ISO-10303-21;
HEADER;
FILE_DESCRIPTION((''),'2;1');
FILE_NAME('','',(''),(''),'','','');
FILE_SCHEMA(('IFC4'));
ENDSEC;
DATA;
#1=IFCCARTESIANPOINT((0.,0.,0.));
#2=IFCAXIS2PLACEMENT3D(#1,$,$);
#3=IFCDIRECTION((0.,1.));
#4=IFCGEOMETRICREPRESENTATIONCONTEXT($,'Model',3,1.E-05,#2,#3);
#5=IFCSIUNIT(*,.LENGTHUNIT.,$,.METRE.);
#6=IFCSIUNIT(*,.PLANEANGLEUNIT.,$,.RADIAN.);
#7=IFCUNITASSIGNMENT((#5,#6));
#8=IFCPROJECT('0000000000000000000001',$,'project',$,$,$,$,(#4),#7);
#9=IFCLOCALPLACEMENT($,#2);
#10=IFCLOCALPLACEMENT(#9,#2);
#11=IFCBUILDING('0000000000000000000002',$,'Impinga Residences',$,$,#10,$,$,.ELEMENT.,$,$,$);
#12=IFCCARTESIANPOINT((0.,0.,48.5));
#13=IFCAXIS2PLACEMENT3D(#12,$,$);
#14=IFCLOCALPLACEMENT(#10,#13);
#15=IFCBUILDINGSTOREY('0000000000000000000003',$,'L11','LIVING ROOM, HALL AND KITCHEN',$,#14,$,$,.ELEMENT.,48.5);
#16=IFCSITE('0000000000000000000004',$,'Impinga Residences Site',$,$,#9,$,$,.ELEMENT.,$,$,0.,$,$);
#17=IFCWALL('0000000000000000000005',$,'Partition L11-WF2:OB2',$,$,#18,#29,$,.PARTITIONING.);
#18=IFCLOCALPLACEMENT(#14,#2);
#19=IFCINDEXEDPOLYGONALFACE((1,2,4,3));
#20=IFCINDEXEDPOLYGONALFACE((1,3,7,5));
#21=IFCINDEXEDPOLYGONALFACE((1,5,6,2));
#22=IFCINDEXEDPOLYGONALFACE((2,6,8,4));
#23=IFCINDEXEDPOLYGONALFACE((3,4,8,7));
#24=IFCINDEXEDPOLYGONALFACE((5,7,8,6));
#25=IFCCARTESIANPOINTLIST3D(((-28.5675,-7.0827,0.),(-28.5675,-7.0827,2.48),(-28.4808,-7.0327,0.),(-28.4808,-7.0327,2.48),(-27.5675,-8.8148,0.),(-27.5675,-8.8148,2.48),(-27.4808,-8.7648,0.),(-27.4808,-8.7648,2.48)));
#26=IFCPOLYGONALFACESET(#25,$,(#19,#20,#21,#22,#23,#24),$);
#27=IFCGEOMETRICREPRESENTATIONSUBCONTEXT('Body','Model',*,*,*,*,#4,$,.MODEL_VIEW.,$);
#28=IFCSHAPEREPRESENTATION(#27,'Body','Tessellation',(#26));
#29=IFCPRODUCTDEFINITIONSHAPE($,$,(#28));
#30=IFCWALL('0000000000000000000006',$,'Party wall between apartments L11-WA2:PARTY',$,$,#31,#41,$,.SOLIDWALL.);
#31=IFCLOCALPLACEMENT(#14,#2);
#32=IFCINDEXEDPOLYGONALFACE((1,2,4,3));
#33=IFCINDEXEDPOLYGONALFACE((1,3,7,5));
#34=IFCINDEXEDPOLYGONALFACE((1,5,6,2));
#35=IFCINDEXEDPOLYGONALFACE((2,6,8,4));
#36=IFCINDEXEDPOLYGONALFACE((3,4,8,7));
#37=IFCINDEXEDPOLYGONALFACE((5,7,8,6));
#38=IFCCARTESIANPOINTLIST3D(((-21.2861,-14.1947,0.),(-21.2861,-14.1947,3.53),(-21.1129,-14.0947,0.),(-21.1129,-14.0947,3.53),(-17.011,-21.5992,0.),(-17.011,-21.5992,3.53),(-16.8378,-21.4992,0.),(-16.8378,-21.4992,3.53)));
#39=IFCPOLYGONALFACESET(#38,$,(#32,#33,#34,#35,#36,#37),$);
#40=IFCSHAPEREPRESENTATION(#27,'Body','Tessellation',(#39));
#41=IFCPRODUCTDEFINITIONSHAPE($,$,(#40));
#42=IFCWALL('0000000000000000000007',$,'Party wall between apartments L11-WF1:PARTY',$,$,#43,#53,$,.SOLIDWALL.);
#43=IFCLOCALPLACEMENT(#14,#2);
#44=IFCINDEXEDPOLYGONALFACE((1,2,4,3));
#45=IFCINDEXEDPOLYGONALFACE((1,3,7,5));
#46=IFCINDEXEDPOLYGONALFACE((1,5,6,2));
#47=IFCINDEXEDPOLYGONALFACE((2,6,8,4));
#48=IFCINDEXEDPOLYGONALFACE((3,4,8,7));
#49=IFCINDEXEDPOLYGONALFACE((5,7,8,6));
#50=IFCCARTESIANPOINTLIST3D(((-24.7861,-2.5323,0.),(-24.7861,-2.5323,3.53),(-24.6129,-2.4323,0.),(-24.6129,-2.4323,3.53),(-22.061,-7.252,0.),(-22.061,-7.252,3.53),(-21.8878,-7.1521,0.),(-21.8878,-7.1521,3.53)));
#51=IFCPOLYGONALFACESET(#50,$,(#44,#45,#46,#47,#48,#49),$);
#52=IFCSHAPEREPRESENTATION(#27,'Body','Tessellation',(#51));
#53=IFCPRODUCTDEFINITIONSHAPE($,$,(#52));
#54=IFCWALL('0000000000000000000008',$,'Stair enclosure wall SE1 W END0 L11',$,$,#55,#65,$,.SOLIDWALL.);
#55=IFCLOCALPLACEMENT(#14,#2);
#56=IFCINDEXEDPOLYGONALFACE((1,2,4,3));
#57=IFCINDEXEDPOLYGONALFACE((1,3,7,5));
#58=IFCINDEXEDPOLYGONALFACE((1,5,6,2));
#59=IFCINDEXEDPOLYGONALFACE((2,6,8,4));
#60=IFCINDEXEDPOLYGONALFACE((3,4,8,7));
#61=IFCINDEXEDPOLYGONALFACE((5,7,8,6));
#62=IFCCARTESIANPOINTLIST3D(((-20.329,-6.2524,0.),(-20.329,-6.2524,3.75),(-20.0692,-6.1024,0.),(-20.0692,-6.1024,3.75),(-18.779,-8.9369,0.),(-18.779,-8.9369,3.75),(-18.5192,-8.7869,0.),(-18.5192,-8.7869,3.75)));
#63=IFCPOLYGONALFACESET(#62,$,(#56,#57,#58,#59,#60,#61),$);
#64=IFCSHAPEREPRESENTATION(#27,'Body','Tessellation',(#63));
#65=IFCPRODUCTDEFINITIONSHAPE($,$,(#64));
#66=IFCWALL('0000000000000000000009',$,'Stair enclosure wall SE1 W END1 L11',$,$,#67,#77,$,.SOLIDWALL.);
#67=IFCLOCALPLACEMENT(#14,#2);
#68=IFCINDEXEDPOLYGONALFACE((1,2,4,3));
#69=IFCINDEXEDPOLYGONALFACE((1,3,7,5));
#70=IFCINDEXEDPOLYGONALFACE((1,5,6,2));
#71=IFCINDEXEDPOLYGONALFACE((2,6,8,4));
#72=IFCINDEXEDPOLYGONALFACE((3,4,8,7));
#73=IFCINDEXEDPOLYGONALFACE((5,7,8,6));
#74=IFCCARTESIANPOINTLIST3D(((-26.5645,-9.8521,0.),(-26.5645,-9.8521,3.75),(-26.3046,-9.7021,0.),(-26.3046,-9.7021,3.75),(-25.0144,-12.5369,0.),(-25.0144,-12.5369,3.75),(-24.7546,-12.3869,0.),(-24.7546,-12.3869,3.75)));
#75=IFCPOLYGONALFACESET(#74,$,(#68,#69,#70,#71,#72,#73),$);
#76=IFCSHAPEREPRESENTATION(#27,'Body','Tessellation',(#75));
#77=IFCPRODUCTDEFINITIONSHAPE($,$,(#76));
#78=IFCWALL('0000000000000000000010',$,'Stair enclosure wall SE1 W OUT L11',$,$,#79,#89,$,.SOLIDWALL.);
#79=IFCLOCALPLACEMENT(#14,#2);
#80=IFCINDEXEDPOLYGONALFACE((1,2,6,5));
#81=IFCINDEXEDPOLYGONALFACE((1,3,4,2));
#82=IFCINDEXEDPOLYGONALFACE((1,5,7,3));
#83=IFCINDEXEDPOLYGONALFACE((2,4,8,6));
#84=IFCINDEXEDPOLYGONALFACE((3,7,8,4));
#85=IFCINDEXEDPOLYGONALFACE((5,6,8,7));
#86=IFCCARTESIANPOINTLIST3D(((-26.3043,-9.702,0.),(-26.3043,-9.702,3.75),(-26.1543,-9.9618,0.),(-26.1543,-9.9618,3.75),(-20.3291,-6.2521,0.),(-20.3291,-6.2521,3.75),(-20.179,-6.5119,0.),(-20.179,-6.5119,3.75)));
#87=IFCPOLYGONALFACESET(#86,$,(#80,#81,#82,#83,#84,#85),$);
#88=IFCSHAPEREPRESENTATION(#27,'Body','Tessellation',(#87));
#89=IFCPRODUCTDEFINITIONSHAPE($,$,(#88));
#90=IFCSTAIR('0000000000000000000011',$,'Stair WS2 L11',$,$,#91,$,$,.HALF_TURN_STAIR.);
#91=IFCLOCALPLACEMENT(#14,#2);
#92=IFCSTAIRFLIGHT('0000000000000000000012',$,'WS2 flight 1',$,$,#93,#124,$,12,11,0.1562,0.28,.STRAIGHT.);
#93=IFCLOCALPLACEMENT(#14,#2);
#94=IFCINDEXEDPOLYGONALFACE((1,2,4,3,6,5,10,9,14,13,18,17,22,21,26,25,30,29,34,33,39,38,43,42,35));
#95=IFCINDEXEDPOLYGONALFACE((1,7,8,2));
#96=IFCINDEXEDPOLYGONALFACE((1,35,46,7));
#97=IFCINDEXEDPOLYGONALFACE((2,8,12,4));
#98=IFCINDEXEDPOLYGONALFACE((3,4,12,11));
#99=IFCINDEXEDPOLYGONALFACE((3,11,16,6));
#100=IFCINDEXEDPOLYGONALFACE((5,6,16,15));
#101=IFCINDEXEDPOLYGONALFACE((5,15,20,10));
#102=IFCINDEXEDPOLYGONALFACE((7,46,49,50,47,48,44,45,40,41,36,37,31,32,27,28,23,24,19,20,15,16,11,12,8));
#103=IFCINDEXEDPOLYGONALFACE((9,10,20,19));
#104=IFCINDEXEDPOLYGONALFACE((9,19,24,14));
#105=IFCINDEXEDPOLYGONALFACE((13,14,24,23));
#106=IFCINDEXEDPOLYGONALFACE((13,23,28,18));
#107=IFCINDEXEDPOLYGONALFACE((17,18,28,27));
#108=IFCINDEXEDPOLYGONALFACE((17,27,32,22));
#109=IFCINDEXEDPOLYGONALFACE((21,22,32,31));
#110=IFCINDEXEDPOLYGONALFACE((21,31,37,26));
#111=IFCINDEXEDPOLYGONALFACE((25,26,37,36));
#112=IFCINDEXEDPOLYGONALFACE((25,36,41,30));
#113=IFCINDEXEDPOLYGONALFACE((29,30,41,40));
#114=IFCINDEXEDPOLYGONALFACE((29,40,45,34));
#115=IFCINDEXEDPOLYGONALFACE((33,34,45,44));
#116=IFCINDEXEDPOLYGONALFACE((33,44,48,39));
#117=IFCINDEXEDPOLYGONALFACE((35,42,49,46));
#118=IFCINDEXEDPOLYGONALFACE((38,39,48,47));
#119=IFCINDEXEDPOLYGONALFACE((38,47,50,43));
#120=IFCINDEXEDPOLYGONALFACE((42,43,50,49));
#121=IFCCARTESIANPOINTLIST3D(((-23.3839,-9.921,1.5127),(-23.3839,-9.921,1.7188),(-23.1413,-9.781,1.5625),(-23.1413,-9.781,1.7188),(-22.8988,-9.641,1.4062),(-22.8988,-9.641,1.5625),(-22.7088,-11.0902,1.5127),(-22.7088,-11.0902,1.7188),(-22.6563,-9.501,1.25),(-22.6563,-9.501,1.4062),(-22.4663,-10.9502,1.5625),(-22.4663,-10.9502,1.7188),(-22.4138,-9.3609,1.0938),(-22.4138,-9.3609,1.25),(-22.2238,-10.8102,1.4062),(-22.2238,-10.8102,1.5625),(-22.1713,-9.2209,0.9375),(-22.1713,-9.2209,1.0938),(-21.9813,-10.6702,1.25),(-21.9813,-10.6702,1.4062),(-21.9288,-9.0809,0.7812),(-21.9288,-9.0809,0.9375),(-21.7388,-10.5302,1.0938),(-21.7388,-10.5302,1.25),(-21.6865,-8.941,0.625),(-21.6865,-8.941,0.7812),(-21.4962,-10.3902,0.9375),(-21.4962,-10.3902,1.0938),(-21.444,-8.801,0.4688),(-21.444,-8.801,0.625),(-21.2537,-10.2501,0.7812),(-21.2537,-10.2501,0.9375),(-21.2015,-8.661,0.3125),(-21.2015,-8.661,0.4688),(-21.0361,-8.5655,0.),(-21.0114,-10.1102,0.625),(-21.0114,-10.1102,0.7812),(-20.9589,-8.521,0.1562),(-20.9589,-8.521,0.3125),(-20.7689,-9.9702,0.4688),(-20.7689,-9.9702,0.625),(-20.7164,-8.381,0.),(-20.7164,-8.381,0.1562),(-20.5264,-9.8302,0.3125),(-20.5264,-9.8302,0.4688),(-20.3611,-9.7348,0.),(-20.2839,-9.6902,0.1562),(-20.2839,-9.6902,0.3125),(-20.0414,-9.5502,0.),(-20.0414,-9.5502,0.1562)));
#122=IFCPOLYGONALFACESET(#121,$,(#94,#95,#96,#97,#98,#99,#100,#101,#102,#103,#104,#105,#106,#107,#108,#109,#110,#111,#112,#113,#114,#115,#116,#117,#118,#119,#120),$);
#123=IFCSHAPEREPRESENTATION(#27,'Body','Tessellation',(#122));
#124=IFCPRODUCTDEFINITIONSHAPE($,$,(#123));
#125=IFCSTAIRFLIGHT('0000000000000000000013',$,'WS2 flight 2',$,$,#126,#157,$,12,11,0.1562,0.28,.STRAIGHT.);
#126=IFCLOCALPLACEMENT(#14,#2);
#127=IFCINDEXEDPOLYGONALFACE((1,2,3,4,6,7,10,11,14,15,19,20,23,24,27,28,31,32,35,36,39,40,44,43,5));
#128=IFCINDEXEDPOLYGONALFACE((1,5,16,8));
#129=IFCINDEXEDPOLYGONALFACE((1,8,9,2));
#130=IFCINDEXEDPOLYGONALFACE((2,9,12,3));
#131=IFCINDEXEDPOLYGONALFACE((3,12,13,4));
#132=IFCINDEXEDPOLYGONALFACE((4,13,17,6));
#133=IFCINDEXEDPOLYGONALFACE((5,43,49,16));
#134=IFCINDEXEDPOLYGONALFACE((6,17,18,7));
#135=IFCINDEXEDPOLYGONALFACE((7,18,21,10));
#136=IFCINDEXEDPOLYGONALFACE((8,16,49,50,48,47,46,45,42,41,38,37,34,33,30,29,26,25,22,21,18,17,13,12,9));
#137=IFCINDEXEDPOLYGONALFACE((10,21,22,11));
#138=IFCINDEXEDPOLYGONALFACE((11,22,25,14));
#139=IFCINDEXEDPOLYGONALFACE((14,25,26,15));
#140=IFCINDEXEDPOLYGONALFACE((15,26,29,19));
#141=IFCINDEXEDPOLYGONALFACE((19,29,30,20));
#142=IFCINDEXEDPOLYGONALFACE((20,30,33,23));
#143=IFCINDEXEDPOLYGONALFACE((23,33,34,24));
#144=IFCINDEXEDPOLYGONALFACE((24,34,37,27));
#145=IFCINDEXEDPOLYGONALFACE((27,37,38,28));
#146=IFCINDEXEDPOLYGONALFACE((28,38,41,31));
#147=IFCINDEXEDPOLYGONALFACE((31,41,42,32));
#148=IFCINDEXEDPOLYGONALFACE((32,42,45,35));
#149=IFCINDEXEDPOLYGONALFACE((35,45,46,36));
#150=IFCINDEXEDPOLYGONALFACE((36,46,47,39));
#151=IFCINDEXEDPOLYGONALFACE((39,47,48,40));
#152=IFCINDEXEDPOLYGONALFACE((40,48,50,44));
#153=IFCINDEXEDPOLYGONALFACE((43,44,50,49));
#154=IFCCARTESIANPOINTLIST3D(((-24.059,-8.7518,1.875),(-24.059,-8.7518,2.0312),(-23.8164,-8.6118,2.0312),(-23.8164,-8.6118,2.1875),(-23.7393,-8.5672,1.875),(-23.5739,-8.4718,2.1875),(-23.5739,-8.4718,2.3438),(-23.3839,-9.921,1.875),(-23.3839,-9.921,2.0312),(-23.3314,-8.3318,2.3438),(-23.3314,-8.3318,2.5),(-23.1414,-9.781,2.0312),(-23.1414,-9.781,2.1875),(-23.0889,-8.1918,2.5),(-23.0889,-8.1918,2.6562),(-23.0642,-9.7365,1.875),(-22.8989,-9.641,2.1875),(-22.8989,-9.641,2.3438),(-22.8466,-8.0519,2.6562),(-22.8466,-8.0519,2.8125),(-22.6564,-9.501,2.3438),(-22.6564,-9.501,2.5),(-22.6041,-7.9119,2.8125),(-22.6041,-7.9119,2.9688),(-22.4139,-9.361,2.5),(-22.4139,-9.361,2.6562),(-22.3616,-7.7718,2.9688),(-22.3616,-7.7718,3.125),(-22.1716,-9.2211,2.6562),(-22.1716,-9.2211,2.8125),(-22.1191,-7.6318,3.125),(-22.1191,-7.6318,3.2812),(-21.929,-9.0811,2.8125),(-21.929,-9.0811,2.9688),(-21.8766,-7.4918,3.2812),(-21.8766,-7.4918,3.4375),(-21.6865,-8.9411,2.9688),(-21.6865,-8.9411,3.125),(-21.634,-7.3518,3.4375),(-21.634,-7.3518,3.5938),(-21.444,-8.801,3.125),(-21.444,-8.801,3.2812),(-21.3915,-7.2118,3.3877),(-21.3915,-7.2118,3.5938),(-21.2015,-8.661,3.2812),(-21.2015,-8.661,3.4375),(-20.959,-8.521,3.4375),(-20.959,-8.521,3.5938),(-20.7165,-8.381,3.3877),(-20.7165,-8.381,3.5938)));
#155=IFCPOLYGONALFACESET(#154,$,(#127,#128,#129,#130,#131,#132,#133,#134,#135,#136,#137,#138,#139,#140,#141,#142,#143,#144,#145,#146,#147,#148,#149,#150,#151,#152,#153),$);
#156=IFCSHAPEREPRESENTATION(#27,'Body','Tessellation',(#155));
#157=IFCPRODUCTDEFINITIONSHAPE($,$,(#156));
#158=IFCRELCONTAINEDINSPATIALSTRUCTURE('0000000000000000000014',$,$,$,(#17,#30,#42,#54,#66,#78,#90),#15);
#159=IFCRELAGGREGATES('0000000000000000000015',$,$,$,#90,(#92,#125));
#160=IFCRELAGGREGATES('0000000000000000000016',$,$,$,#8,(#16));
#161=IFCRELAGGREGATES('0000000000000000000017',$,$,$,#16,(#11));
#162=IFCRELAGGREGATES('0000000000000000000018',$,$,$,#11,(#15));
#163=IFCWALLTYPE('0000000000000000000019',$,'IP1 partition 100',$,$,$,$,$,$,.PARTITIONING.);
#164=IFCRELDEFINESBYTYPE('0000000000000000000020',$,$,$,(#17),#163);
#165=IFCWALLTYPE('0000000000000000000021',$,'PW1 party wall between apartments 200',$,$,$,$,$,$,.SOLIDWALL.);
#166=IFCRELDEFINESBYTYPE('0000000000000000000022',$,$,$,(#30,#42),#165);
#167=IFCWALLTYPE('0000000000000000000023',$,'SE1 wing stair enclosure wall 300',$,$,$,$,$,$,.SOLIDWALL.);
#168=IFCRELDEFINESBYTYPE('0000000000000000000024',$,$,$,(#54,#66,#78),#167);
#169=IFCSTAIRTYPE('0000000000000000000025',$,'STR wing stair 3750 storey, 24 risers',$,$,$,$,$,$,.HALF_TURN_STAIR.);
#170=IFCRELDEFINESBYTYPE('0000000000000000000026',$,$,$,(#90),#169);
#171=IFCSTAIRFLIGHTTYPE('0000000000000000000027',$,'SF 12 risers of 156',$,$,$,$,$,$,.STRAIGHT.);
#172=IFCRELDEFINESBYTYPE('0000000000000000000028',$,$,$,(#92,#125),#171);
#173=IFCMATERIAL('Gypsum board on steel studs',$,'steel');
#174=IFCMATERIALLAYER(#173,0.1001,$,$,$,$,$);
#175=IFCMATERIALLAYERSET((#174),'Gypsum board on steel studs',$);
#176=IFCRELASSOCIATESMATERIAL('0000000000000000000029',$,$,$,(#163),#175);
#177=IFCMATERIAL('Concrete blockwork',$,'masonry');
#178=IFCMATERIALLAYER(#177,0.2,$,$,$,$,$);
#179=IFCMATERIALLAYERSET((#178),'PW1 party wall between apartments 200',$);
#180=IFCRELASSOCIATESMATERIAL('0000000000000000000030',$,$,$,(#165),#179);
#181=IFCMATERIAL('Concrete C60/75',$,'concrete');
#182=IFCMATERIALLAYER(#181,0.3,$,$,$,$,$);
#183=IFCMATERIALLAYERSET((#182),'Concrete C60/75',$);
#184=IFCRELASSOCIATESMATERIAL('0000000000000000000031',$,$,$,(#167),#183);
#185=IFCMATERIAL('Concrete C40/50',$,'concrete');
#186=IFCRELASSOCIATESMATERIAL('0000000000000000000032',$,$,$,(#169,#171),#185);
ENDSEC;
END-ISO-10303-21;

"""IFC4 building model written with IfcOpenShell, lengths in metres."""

from ifc_helpers import new_model, si_unit, direction, frame, frame_2d, origin, place, context, subcontext, project, spatial, polyline, rectangle, outline, extrude, material, layer, layer_set, type_object, element, aggregate, save


model = new_model("IFC4")

# Units and contexts
model_context = context("Model", 3, precision=1e-05, world=origin(), true_north=direction((0.0, 1.0)))
body_context = subcontext(model_context, "Body", "Model", "MODEL_VIEW")
ifc_project = project(units=[si_unit("LENGTHUNIT", "METRE"), si_unit("PLANEANGLEUNIT", "RADIAN")], contexts=[model_context])

# Site, building, storey
site_placement = place(None, origin())
site = spatial("IfcSite", under=ifc_project, at=site_placement, Name="Impinga Residences Site", CompositionType="ELEMENT", RefElevation=0.0)
building_placement = place(site_placement, origin())
building = spatial("IfcBuilding", under=site, at=building_placement, Name="Impinga Residences", CompositionType="ELEMENT")
storey_placement = place(building_placement, frame((0.0, 0.0, 48.5)))
storey = spatial("IfcBuildingStorey", under=building, at=storey_placement, Name="L11", Description="LIVING ROOM, HALL AND KITCHEN", CompositionType="ELEMENT", Elevation=48.5)

# Shared definitions
ifc_material_1 = material(Name="Concrete C60/75", Category="concrete")

# Shared definitions
ifc_material_2 = material(Name="Gypsum board on steel studs", Category="steel")
ifc_layer_1 = layer(ifc_material_2, 0.1001)
ifc_layer_set_1 = layer_set([ifc_layer_1], Name="Gypsum board on steel studs")
wall_type_1 = type_object("IfcWallType", Name="IP1 partition 100", PredefinedType="PARTITIONING", material=ifc_layer_set_1)

# Walls
wall_1_placement = place(storey_placement, frame((-27.5242, -8.7898, 0.0), z_axis=(0.0, 0.0, 1.0), x_axis=(-0.499973, 0.866041, 0.0)))
element("IfcWall", 1, at=wall_1_placement, inside=storey, type_object=wall_type_1, Name="Partition L11-WF2:OB2", PredefinedType="PARTITIONING", context=body_context, shape_type="SweptSolid", body=[
    extrude(rectangle(XDim=2.0, YDim=0.1001, at=frame_2d((1.0, 0.0))), origin(), (0.0, 0.0, 1.0), 2.48),
])
ifc_material_3 = material(Name="Concrete blockwork", Category="masonry")
ifc_layer_2 = layer(ifc_material_3, 0.2)
ifc_layer_set_2 = layer_set([ifc_layer_2], Name="PW1 party wall between apartments 200")
wall_type_2 = type_object("IfcWallType", Name="PW1 party wall between apartments 200", PredefinedType="SOLIDWALL", material=ifc_layer_set_2)
wall_2_placement = place(storey_placement, frame((-21.1995, -14.1448, 0.0), z_axis=(0.0, 0.0, 1.0), x_axis=(0.500012, -0.866019, 0.0)))
element("IfcWall", 2, at=wall_2_placement, inside=storey, type_object=wall_type_2, Name="Party wall between apartments L11-WA2:PARTY", PredefinedType="SOLIDWALL", context=body_context, shape_type="SweptSolid", body=[
    extrude(rectangle(XDim=8.55, YDim=0.2, at=frame_2d((4.2749, 0.0))), origin(), (0.0, 0.0, 1.0), 3.53),
])
wall_3_placement = place(storey_placement, frame((-21.9744, -7.2021, 0.0), z_axis=(0.0, 0.0, 1.0), x_axis=(-0.500022, 0.866013, 0.0)))
element("IfcWall", 3, at=wall_3_placement, inside=storey, type_object=wall_type_2, Name="Party wall between apartments L11-WF1:PARTY", PredefinedType="SOLIDWALL", context=body_context, shape_type="SweptSolid", body=[
    extrude(rectangle(XDim=5.45, YDim=0.2, at=frame_2d((2.7251, 0.0))), origin(), (0.0, 0.0, 1.0), 3.53),
])
ifc_layer_3 = layer(ifc_material_1, 0.3)
ifc_layer_set_3 = layer_set([ifc_layer_3], Name="Concrete C60/75")
wall_type_3 = type_object("IfcWallType", Name="SE1 wing stair enclosure wall 300", PredefinedType="SOLIDWALL", material=ifc_layer_set_3)
wall_4_placement = place(storey_placement, frame((-18.6492, -8.8618, 0.0), z_axis=(0.0, 0.0, 1.0), x_axis=(-0.500027, 0.86601, 0.0)))
element("IfcWall", 4, at=wall_4_placement, inside=storey, type_object=wall_type_3, Name="Stair enclosure wall SE1 W END0 L11", PredefinedType="SOLIDWALL", context=body_context, shape_type="SweptSolid", body=[
    extrude(rectangle(XDim=3.0999, YDim=0.3, at=frame_2d((1.5498, 0.0))), origin(), (0.0, 0.0, 1.0), 3.75),
])
wall_5_placement = place(storey_placement, frame((-24.8845, -12.4619, 0.0), z_axis=(0.0, 0.0, 1.0), x_axis=(-0.499993, 0.86603, 0.0)))
element("IfcWall", 5, at=wall_5_placement, inside=storey, type_object=wall_type_3, Name="Stair enclosure wall SE1 W END1 L11", PredefinedType="SOLIDWALL", context=body_context, shape_type="SweptSolid", body=[
    extrude(rectangle(XDim=3.1001, YDim=0.3, at=frame_2d((1.55, 0.0))), origin(), (0.0, 0.0, 1.0), 3.75),
])
wall_6_placement = place(storey_placement, frame((-20.2542, -6.3821, 0.0), z_axis=(0.0, 0.0, 1.0), x_axis=(-0.86602, -0.500009, 0.0)))
element("IfcWall", 6, at=wall_6_placement, inside=storey, type_object=wall_type_3, Name="Stair enclosure wall SE1 W OUT L11", PredefinedType="SOLIDWALL", context=body_context, shape_type="SweptSolid", body=[
    extrude(rectangle(XDim=6.8997, YDim=0.3, at=frame_2d((3.4497, 0.0))), origin(), (0.0, 0.0, 1.0), 3.75),
])

# Stair, stair flights
ifc_material_4 = material(Name="Concrete C40/50", Category="concrete")
stair_type = type_object("IfcStairType", Name="STR wing stair 3750 storey, 24 risers", PredefinedType="HALF_TURN_STAIR", material=ifc_material_4)
stair_placement = place(storey_placement, origin())
stair = element("IfcStair", 7, at=stair_placement, inside=storey, type_object=stair_type, Name="Stair WS2 L11", PredefinedType="HALF_TURN_STAIR")
stair_flight_type = type_object("IfcStairFlightType", Name="SF 12 risers of 156", PredefinedType="STRAIGHT", material=ifc_material_4)
stair_flight_1_placement = place(storey_placement, frame((-20.3789, -8.9656, 0.0), z_axis=(0.0, 0.0, 1.0), x_axis=(-0.866025, -0.5, 0.0)))
stair_flight_1 = element("IfcStairFlight", 8, at=stair_flight_1_placement, type_object=stair_flight_type, Name="WS2 flight 1", NumberOfRisers=12, NumberOfTreads=11, PredefinedType="STRAIGHT", RiserHeight=0.1562, TreadLength=0.28, context=body_context, shape_type="SweptSolid", body=[
    extrude(outline(polyline([(0.0, 0.0), (0.0, 0.1562), (0.28, 0.1562), (0.28, 0.3125), (0.5601, 0.3125), (0.5601, 0.4688), (0.8401, 0.4688), (0.8401, 0.625), (1.1201, 0.625), (1.1201, 0.7812), (1.3999, 0.7812), (1.3999, 0.9375), (1.6799, 0.9375), (1.6799, 1.0938), (1.96, 1.0938), (1.96, 1.25), (2.24, 1.25), (2.24, 1.4062), (2.52, 1.4062), (2.52, 1.5625), (2.8, 1.5625), (2.8, 1.7188), (3.0801, 1.7188), (3.0801, 1.875), (3.0801, 1.5127), (0.3691, 0.0), (0.0, 0.0)])), frame((0.0, 0.675, 0.0), z_axis=(0.0, -1.0, 0.0), x_axis=(1.0, 0.0, 0.0)), (0.0, 0.0, 1.0), 1.3501),
])
stair_flight_2_placement = place(storey_placement, frame((-23.7214, -9.3364, 1.875), z_axis=(0.0, 0.0, 1.0), x_axis=(0.866025, 0.5, 0.0)))
stair_flight_2 = element("IfcStairFlight", 9, at=stair_flight_2_placement, type_object=stair_flight_type, Name="WS2 flight 2", NumberOfRisers=12, NumberOfTreads=11, PredefinedType="STRAIGHT", RiserHeight=0.1562, TreadLength=0.28, context=body_context, shape_type="SweptSolid", body=[
    extrude(outline(polyline([(0.0, 0.0), (0.0, 0.1562), (0.28, 0.1562), (0.28, 0.3125), (0.5601, 0.3125), (0.5601, 0.4688), (0.8401, 0.4688), (0.8401, 0.625), (1.1201, 0.625), (1.1201, 0.7812), (1.3999, 0.7812), (1.3999, 0.9375), (1.6799, 0.9375), (1.6799, 1.0938), (1.96, 1.0938), (1.96, 1.25), (2.24, 1.25), (2.24, 1.4062), (2.52, 1.4062), (2.52, 1.5625), (2.8, 1.5625), (2.8, 1.7188), (3.0801, 1.7188), (3.0801, 1.875), (3.0801, 1.5127), (0.3691, 0.0), (0.0, 0.0)])), frame((0.0, 0.675, 0.0), z_axis=(0.0, -1.0, 0.0), x_axis=(1.0, 0.0, 0.0)), (0.0, 0.0, 1.0), 1.3501),
])
aggregate(stair, [stair_flight_1, stair_flight_2])

save(model, "model.ifc")
